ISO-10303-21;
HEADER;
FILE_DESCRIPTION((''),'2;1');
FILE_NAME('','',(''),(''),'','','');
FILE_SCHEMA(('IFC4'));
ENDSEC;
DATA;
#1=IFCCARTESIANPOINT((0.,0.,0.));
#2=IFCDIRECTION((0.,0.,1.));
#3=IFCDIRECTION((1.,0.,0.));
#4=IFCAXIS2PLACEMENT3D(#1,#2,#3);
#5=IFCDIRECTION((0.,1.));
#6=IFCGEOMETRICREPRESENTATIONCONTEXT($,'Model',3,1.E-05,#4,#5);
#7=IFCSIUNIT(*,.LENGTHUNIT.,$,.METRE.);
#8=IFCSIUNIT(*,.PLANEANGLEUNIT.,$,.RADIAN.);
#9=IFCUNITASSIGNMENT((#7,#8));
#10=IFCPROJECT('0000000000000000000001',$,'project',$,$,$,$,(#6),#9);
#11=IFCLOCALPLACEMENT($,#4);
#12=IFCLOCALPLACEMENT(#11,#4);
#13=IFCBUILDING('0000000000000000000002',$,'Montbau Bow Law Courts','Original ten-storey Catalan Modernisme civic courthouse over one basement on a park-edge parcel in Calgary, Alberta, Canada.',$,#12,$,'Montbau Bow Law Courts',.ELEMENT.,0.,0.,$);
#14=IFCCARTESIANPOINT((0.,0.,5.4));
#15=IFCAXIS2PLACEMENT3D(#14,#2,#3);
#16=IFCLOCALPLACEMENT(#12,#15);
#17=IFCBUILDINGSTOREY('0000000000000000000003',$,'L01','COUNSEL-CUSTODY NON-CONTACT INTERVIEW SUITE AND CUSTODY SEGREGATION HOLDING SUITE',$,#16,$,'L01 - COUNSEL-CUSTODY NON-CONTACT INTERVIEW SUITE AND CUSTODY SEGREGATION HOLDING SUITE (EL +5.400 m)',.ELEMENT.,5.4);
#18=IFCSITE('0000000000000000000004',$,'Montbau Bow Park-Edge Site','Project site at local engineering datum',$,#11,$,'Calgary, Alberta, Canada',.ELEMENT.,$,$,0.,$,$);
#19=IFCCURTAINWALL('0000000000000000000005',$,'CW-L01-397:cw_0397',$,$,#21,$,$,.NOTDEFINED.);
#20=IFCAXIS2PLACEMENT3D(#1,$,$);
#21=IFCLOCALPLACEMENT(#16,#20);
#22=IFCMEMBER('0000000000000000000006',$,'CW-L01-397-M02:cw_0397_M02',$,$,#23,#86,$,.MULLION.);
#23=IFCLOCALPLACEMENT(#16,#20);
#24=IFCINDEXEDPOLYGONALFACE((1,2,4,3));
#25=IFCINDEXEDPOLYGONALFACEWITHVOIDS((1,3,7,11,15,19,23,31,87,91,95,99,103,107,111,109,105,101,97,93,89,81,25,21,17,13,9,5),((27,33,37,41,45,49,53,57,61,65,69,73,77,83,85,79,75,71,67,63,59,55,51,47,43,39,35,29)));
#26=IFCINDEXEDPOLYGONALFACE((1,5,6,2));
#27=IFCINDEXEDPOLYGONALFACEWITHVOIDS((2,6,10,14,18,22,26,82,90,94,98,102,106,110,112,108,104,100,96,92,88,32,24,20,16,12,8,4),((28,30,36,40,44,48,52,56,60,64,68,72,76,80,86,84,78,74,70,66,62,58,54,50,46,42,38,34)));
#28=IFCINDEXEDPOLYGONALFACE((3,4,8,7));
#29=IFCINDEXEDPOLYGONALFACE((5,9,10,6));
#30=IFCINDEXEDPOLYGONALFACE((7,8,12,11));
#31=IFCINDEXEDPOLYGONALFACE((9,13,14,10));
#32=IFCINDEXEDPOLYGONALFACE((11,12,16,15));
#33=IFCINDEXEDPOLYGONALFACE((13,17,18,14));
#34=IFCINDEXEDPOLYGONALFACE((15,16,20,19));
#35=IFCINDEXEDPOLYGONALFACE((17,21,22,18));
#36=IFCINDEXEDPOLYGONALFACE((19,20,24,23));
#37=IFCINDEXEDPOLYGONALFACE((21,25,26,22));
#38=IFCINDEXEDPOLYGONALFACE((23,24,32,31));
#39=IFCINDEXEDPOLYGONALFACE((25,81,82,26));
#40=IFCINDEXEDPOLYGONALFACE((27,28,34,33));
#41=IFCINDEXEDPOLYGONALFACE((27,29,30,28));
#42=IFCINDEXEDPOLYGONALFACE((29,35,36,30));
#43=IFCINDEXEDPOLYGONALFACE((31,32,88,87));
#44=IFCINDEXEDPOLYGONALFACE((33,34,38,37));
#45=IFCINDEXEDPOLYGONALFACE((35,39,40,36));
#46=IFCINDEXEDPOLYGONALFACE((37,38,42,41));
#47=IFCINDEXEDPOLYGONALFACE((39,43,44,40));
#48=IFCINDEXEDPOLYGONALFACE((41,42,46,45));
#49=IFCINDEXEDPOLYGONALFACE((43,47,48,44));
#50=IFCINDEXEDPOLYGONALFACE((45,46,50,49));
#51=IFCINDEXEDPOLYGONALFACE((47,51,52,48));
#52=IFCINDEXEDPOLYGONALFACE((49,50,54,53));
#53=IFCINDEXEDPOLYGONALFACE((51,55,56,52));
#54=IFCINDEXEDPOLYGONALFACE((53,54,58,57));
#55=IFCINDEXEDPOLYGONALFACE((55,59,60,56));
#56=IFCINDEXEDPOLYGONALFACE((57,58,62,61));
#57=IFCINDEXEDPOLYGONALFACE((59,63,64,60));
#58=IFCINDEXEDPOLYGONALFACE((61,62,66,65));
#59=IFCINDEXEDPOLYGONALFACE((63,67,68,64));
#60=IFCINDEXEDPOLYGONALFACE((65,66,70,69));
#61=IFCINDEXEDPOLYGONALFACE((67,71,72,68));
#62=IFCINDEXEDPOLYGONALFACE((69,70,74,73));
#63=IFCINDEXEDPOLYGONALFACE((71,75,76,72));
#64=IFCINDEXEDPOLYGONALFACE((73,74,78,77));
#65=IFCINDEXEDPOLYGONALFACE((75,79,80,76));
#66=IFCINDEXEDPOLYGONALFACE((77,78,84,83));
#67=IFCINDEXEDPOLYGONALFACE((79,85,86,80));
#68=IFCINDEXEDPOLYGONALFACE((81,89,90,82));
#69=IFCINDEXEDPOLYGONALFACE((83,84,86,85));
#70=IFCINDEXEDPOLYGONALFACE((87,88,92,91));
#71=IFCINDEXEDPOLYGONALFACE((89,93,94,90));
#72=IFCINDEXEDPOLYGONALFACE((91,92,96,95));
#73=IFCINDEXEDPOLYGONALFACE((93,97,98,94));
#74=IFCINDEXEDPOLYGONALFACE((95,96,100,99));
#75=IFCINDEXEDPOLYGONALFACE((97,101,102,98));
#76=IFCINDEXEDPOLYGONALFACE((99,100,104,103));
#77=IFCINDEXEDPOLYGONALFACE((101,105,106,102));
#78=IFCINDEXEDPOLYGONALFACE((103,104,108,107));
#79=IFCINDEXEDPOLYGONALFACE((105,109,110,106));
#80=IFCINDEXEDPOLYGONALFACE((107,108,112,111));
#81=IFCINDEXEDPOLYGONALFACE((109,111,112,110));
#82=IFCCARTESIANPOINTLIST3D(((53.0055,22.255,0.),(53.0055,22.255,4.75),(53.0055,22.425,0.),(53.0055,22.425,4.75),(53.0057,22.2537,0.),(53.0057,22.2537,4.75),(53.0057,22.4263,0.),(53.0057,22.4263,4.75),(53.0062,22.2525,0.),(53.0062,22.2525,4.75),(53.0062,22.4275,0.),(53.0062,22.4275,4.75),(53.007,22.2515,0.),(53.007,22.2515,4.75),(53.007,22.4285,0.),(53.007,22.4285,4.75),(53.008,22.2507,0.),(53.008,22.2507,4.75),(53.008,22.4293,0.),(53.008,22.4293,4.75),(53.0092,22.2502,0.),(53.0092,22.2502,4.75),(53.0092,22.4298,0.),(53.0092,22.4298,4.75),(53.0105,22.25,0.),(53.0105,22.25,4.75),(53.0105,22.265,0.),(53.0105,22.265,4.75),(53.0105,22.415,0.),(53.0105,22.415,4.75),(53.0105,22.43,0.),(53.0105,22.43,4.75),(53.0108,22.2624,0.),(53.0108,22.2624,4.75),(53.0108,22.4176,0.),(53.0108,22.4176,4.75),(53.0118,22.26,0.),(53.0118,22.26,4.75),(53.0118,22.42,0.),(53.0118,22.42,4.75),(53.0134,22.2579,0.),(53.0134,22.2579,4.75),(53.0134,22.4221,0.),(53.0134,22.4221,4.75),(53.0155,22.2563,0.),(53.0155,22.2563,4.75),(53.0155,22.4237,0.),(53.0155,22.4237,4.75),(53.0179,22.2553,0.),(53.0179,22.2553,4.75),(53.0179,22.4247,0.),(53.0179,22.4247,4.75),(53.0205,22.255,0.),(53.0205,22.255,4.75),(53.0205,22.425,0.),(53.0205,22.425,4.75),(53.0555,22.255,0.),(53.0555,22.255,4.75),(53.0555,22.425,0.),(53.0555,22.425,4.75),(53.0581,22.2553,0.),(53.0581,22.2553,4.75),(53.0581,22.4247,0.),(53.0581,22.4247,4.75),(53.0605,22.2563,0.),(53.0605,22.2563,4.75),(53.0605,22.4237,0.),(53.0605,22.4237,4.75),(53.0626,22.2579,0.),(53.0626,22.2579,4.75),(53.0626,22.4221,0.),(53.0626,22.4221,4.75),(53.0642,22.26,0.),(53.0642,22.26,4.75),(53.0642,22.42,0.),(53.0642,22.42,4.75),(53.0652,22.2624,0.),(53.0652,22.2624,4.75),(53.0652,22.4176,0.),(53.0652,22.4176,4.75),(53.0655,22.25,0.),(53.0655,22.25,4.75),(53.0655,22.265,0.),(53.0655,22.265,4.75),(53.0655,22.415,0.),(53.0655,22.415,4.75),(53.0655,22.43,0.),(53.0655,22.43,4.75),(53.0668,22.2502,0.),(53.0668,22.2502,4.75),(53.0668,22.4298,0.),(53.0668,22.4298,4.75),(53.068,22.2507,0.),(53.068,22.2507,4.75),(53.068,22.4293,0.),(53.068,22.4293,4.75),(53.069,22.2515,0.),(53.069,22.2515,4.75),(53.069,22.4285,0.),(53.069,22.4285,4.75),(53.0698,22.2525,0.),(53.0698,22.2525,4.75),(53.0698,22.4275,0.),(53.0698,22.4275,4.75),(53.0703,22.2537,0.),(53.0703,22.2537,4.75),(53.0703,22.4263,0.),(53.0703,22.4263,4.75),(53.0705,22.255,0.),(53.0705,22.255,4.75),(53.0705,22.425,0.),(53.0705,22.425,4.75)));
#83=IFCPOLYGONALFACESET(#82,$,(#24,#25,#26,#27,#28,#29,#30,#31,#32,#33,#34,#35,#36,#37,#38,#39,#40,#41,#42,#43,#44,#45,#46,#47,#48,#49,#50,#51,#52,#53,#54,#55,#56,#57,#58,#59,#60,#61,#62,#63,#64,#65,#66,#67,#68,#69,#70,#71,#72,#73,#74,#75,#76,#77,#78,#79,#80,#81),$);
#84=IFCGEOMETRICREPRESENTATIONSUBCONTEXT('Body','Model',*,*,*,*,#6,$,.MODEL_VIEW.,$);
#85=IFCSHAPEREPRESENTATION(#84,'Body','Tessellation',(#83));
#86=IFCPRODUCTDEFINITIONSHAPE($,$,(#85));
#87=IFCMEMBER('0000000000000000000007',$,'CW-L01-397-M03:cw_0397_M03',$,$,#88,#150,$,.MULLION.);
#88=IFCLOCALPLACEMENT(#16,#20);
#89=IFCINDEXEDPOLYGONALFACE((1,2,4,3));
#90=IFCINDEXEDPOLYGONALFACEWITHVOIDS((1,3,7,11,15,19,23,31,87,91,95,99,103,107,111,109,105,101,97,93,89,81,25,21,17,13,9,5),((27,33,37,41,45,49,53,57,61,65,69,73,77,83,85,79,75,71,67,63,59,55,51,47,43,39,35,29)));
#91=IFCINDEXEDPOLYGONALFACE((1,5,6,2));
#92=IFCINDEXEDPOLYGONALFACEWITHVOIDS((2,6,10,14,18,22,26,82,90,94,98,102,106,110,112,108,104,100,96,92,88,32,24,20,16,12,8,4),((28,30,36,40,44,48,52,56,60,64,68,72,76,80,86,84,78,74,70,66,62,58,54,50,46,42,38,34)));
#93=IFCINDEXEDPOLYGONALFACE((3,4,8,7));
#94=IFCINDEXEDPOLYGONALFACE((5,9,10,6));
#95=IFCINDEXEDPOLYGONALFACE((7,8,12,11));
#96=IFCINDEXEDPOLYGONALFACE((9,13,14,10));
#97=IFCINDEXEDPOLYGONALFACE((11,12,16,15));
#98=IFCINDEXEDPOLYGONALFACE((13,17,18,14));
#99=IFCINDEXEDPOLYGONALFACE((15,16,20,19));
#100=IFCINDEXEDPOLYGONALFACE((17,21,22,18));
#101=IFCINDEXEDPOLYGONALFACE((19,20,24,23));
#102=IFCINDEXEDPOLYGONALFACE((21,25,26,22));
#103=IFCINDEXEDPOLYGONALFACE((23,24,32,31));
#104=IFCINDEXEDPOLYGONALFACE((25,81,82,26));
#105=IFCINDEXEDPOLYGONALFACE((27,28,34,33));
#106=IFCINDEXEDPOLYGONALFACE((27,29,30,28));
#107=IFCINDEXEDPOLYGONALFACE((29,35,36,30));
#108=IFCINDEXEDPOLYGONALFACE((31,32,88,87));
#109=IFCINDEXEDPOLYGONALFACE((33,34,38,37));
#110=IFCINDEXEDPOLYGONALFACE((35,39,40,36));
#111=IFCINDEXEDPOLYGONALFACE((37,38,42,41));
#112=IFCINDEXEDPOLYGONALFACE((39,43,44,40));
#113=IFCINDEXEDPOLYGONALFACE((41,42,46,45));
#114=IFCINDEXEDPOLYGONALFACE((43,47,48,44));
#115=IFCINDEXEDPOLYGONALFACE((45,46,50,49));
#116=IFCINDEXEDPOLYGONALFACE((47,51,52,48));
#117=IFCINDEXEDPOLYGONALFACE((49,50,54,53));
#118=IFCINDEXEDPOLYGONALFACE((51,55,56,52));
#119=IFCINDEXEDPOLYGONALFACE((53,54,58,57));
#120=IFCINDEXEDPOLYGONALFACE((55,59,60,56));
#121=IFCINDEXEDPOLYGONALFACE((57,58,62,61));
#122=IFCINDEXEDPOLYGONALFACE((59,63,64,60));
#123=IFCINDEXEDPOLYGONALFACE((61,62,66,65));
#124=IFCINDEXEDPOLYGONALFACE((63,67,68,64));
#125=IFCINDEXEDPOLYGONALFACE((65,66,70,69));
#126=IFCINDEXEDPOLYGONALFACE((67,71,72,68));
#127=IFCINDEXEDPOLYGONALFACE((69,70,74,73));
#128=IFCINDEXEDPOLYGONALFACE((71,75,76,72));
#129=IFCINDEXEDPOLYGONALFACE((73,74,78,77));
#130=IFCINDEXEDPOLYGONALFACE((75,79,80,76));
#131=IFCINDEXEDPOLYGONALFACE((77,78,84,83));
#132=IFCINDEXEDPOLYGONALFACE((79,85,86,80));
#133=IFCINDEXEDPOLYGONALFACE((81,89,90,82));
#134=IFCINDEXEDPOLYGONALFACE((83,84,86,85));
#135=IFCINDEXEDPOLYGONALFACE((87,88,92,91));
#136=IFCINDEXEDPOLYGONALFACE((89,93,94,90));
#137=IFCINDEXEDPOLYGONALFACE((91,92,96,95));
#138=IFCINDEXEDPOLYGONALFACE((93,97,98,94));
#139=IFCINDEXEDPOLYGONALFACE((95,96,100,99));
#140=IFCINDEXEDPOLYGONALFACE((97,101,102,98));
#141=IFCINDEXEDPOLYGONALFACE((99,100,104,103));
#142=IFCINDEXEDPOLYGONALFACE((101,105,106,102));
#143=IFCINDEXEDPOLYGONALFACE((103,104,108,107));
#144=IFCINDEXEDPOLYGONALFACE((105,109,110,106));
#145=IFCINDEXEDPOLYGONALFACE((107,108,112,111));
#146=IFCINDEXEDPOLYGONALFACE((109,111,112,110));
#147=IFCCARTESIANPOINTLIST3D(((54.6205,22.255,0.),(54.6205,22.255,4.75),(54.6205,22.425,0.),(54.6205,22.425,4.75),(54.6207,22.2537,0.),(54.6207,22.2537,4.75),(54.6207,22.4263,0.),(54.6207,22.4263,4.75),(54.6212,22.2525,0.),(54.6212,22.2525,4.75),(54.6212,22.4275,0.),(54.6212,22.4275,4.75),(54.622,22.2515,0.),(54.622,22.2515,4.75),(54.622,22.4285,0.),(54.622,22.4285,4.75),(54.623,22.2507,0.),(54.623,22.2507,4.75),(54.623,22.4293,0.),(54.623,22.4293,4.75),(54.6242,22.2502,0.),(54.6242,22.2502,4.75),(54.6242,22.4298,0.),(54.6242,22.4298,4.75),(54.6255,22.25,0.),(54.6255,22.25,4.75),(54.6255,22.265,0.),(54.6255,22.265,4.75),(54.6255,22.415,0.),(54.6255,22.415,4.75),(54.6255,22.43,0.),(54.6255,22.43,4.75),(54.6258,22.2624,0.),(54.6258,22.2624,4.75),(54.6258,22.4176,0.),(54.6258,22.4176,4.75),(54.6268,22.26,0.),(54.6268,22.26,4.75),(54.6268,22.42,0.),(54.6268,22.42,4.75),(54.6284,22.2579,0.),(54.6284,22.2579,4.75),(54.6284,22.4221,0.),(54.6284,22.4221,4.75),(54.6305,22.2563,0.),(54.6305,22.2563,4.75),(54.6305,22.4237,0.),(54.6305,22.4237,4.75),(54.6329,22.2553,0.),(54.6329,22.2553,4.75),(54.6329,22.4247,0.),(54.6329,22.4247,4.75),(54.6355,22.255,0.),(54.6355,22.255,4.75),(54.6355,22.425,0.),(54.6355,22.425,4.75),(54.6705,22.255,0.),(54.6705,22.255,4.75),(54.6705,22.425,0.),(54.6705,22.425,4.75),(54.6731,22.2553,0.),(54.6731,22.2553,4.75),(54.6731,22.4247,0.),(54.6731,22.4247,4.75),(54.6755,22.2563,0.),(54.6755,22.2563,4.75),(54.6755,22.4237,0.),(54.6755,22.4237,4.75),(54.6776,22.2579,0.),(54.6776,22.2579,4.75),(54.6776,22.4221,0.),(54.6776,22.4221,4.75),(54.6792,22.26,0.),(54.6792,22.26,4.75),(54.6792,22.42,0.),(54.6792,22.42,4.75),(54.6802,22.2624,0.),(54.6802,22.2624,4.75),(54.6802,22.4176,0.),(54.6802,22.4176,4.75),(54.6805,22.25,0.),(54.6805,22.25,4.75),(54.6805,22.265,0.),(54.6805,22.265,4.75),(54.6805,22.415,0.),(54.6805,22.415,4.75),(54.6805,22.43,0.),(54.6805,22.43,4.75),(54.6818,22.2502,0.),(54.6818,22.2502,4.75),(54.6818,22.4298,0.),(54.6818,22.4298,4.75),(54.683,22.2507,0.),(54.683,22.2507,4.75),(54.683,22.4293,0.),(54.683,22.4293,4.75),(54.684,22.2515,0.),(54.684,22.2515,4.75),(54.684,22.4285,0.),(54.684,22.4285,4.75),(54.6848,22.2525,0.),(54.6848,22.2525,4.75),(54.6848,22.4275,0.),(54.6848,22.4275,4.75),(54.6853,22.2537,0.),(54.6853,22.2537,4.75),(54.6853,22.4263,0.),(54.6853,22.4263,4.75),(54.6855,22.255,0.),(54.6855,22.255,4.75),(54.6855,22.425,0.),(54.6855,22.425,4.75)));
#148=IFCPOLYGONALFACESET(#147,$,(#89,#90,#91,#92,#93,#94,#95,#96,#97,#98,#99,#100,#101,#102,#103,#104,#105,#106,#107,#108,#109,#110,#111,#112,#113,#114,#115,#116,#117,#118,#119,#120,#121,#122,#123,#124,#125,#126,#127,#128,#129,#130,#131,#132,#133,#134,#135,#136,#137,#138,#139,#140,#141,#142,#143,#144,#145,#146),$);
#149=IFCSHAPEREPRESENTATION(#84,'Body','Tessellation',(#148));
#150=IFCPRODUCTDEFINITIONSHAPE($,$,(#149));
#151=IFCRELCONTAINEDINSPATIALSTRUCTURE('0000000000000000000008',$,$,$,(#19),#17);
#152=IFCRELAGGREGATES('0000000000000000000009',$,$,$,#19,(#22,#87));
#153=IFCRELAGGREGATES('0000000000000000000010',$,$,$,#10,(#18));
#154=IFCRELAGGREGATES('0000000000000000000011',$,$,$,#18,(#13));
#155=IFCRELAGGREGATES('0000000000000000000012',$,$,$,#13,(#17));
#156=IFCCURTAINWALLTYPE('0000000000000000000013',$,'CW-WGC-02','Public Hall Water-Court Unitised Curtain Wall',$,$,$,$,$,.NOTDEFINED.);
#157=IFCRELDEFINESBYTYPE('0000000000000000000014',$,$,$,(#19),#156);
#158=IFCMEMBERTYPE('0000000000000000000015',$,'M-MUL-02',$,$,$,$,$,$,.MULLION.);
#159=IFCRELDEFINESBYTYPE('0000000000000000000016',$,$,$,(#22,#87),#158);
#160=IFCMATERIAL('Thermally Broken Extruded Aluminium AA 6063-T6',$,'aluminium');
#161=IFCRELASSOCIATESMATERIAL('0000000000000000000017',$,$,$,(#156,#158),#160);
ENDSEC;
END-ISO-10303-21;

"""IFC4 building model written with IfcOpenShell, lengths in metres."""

from ifc_helpers import new_model, si_unit, direction, frame, origin_with_axes, origin_2d_with_axis, place, context, subcontext, project, spatial, hollow_rectangle, extrude, material, material_profile, profile_set, type_object, element, aggregate, save


model = new_model("IFC4")

# Units and contexts
model_context = context("Model", 3, precision=1e-05, world=origin_with_axes(), true_north=direction((0.0, 1.0)))
body_context = subcontext(model_context, "Body", "Model", "MODEL_VIEW")
ifc_project = project(units=[si_unit("LENGTHUNIT", "METRE"), si_unit("PLANEANGLEUNIT", "RADIAN")], contexts=[model_context])

# Site, building, storey
site_placement = place(None, origin_with_axes())
site = spatial("IfcSite", under=ifc_project, at=site_placement, Name="Montbau Bow Park-Edge Site", Description="Project site at local engineering datum", LongName="Calgary, Alberta, Canada", CompositionType="ELEMENT", RefElevation=0.0)
building_placement = place(site_placement, origin_with_axes())
building = spatial("IfcBuilding", under=site, at=building_placement, Name="Montbau Bow Law Courts", Description="Original ten-storey Catalan Modernisme civic courthouse over one basement on a park-edge parcel in Calgary, Alberta, Canada.", LongName="Montbau Bow Law Courts", CompositionType="ELEMENT", ElevationOfRefHeight=0.0, ElevationOfTerrain=0.0)
storey_placement = place(building_placement, frame((0.0, 0.0, 5.4), z_axis=(0.0, 0.0, 1.0), x_axis=(1.0, 0.0, 0.0)))
storey = spatial("IfcBuildingStorey", under=building, at=storey_placement, Name="L01", Description="COUNSEL-CUSTODY NON-CONTACT INTERVIEW SUITE AND CUSTODY SEGREGATION HOLDING SUITE", LongName="L01 - COUNSEL-CUSTODY NON-CONTACT INTERVIEW SUITE AND CUSTODY SEGREGATION HOLDING SUITE (EL +5.400 m)", CompositionType="ELEMENT", Elevation=5.4)

# Curtain wall, members
ifc_material_1 = material(Name="Thermally Broken Extruded Aluminium AA 6063-T6", Category="aluminium")
curtain_wall_type = type_object("IfcCurtainWallType", Name="CW-WGC-02", Description="Public Hall Water-Court Unitised Curtain Wall", PredefinedType="NOTDEFINED", material=ifc_material_1)
curtain_wall_1_placement = place(None, frame((51.39, 22.34, 5.4), z_axis=(0.0, 0.0, 1.0), x_axis=(1.0, 0.0, 0.0)))
curtain_wall_1 = element("IfcCurtainWall", 1, at=curtain_wall_1_placement, inside=storey, type_object=curtain_wall_type, Name="CW-L01-397:cw_0397", PredefinedType="NOTDEFINED")
ifc_material_profile_1 = material_profile(ifc_material_1, hollow_rectangle(XDim=0.065, YDim=0.18, WallThickness=0.005, InnerFilletRadius=0.01, OuterFilletRadius=0.005, at=origin_2d_with_axis()), Name="CWM-180X65", Category="Main", Priority=0)
ifc_profile_set_1 = profile_set([ifc_material_profile_1], Name="Thermally Broken Extruded Aluminium AA 6063-T6")
member_type_1 = type_object("IfcMemberType", Name="M-MUL-02", PredefinedType="MULLION", material=ifc_profile_set_1)
member_1_placement = place(None, frame((53.038, 22.34, 5.4), z_axis=(0.0, 0.0, 1.0), x_axis=(1.0, 0.0, 0.0)))
member_1 = element("IfcMember", 2, at=member_1_placement, type_object=member_type_1, Name="CW-L01-397-M02:cw_0397_M02", PredefinedType="MULLION", context=body_context, shape_type="SweptSolid", body=[
    extrude(hollow_rectangle(XDim=0.065, YDim=0.18, WallThickness=0.005, InnerFilletRadius=0.01, OuterFilletRadius=0.005, at=origin_2d_with_axis()), origin_with_axes(), (0.0, 0.0, 1.0), 4.75),
])
member_2_placement = place(None, frame((54.653, 22.34, 5.4), z_axis=(0.0, 0.0, 1.0), x_axis=(1.0, 0.0, 0.0)))
member_2 = element("IfcMember", 3, at=member_2_placement, type_object=member_type_1, Name="CW-L01-397-M03:cw_0397_M03", PredefinedType="MULLION", context=body_context, shape_type="SweptSolid", body=[
    extrude(hollow_rectangle(XDim=0.065, YDim=0.18, WallThickness=0.005, InnerFilletRadius=0.01, OuterFilletRadius=0.005, at=origin_2d_with_axis()), origin_with_axes(), (0.0, 0.0, 1.0), 4.75),
])

aggregate(curtain_wall_1, [member_1, member_2])

save(model, "model.ifc")
